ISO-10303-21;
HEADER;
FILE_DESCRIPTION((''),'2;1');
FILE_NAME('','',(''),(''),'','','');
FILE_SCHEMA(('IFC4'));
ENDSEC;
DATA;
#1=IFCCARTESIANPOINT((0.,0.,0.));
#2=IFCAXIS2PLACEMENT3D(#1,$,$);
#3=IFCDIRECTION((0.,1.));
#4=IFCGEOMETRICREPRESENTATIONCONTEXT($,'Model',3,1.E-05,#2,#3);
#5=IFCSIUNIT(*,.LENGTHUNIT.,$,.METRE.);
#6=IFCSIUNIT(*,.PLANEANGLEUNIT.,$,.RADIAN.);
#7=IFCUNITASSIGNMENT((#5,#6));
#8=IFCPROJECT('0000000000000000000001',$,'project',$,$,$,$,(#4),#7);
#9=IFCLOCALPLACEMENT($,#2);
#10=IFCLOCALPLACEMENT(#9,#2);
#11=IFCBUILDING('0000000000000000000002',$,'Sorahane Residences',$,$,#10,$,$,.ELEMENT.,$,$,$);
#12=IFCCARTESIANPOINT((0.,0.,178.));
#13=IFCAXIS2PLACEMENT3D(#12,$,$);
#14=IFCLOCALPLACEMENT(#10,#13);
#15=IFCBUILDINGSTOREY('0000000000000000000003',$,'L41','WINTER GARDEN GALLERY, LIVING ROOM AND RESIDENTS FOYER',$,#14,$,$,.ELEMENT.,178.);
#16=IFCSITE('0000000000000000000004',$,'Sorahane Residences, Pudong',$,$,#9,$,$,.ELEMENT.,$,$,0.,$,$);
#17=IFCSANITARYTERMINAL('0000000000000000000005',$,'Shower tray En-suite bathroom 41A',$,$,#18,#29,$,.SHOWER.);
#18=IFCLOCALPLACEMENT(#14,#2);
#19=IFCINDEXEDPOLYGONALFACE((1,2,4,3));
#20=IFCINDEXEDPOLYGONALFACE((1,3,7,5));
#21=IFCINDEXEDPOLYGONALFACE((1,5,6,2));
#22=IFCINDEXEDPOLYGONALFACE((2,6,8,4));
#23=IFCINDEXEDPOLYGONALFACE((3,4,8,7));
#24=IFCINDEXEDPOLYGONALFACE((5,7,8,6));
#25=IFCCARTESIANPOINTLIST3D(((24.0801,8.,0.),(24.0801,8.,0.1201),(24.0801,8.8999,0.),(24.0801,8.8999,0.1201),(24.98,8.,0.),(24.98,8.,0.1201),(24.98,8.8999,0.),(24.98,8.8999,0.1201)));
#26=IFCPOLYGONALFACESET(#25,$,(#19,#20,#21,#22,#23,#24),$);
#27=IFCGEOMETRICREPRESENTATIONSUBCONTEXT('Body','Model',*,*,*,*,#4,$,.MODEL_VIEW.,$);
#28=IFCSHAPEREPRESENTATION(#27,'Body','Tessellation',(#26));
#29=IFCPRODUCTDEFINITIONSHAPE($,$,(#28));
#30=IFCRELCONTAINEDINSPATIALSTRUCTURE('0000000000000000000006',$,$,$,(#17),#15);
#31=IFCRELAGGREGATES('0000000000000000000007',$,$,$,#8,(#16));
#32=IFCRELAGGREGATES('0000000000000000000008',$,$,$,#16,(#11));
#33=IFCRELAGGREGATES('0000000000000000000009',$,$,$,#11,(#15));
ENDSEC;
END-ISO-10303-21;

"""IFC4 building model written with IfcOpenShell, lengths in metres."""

from ifc_helpers import new_model, si_unit, direction, frame, origin, origin_2d, place, context, subcontext, project, spatial, rectangle, extrude, element, save


model = new_model("IFC4")

# Units and contexts
model_context = context("Model", 3, precision=1e-05, world=origin(), true_north=direction((0.0, 1.0)))
body_context = subcontext(model_context, "Body", "Model", "MODEL_VIEW")
ifc_project = project(units=[si_unit("LENGTHUNIT", "METRE"), si_unit("PLANEANGLEUNIT", "RADIAN")], contexts=[model_context])

# Site, building, storey
site_placement = place(None, origin())
site = spatial("IfcSite", under=ifc_project, at=site_placement, Name="Sorahane Residences, Pudong", CompositionType="ELEMENT", RefElevation=0.0)
building_placement = place(site_placement, origin())
building = spatial("IfcBuilding", under=site, at=building_placement, Name="Sorahane Residences", CompositionType="ELEMENT")
storey_placement = place(building_placement, frame((0.0, 0.0, 178.0)))
storey = spatial("IfcBuildingStorey", under=building, at=storey_placement, Name="L41", Description="WINTER GARDEN GALLERY, LIVING ROOM AND RESIDENTS FOYER", CompositionType="ELEMENT", Elevation=178.0)

# Sanitary terminal
sanitary_terminal_placement = place(storey_placement, frame((24.53, 8.45, 0.0), z_axis=(0.0, 0.0, 1.0), x_axis=(1.0, 0.0, 0.0)))
element("IfcSanitaryTerminal", 1, at=sanitary_terminal_placement, inside=storey, Name="Shower tray En-suite bathroom 41A", PredefinedType="SHOWER", context=body_context, shape_type="SweptSolid", body=[
    extrude(rectangle(XDim=0.8999, YDim=0.8999, at=origin_2d()), origin(), (0.0, 0.0, 1.0), 0.1201),
])

save(model, "model.ifc")
